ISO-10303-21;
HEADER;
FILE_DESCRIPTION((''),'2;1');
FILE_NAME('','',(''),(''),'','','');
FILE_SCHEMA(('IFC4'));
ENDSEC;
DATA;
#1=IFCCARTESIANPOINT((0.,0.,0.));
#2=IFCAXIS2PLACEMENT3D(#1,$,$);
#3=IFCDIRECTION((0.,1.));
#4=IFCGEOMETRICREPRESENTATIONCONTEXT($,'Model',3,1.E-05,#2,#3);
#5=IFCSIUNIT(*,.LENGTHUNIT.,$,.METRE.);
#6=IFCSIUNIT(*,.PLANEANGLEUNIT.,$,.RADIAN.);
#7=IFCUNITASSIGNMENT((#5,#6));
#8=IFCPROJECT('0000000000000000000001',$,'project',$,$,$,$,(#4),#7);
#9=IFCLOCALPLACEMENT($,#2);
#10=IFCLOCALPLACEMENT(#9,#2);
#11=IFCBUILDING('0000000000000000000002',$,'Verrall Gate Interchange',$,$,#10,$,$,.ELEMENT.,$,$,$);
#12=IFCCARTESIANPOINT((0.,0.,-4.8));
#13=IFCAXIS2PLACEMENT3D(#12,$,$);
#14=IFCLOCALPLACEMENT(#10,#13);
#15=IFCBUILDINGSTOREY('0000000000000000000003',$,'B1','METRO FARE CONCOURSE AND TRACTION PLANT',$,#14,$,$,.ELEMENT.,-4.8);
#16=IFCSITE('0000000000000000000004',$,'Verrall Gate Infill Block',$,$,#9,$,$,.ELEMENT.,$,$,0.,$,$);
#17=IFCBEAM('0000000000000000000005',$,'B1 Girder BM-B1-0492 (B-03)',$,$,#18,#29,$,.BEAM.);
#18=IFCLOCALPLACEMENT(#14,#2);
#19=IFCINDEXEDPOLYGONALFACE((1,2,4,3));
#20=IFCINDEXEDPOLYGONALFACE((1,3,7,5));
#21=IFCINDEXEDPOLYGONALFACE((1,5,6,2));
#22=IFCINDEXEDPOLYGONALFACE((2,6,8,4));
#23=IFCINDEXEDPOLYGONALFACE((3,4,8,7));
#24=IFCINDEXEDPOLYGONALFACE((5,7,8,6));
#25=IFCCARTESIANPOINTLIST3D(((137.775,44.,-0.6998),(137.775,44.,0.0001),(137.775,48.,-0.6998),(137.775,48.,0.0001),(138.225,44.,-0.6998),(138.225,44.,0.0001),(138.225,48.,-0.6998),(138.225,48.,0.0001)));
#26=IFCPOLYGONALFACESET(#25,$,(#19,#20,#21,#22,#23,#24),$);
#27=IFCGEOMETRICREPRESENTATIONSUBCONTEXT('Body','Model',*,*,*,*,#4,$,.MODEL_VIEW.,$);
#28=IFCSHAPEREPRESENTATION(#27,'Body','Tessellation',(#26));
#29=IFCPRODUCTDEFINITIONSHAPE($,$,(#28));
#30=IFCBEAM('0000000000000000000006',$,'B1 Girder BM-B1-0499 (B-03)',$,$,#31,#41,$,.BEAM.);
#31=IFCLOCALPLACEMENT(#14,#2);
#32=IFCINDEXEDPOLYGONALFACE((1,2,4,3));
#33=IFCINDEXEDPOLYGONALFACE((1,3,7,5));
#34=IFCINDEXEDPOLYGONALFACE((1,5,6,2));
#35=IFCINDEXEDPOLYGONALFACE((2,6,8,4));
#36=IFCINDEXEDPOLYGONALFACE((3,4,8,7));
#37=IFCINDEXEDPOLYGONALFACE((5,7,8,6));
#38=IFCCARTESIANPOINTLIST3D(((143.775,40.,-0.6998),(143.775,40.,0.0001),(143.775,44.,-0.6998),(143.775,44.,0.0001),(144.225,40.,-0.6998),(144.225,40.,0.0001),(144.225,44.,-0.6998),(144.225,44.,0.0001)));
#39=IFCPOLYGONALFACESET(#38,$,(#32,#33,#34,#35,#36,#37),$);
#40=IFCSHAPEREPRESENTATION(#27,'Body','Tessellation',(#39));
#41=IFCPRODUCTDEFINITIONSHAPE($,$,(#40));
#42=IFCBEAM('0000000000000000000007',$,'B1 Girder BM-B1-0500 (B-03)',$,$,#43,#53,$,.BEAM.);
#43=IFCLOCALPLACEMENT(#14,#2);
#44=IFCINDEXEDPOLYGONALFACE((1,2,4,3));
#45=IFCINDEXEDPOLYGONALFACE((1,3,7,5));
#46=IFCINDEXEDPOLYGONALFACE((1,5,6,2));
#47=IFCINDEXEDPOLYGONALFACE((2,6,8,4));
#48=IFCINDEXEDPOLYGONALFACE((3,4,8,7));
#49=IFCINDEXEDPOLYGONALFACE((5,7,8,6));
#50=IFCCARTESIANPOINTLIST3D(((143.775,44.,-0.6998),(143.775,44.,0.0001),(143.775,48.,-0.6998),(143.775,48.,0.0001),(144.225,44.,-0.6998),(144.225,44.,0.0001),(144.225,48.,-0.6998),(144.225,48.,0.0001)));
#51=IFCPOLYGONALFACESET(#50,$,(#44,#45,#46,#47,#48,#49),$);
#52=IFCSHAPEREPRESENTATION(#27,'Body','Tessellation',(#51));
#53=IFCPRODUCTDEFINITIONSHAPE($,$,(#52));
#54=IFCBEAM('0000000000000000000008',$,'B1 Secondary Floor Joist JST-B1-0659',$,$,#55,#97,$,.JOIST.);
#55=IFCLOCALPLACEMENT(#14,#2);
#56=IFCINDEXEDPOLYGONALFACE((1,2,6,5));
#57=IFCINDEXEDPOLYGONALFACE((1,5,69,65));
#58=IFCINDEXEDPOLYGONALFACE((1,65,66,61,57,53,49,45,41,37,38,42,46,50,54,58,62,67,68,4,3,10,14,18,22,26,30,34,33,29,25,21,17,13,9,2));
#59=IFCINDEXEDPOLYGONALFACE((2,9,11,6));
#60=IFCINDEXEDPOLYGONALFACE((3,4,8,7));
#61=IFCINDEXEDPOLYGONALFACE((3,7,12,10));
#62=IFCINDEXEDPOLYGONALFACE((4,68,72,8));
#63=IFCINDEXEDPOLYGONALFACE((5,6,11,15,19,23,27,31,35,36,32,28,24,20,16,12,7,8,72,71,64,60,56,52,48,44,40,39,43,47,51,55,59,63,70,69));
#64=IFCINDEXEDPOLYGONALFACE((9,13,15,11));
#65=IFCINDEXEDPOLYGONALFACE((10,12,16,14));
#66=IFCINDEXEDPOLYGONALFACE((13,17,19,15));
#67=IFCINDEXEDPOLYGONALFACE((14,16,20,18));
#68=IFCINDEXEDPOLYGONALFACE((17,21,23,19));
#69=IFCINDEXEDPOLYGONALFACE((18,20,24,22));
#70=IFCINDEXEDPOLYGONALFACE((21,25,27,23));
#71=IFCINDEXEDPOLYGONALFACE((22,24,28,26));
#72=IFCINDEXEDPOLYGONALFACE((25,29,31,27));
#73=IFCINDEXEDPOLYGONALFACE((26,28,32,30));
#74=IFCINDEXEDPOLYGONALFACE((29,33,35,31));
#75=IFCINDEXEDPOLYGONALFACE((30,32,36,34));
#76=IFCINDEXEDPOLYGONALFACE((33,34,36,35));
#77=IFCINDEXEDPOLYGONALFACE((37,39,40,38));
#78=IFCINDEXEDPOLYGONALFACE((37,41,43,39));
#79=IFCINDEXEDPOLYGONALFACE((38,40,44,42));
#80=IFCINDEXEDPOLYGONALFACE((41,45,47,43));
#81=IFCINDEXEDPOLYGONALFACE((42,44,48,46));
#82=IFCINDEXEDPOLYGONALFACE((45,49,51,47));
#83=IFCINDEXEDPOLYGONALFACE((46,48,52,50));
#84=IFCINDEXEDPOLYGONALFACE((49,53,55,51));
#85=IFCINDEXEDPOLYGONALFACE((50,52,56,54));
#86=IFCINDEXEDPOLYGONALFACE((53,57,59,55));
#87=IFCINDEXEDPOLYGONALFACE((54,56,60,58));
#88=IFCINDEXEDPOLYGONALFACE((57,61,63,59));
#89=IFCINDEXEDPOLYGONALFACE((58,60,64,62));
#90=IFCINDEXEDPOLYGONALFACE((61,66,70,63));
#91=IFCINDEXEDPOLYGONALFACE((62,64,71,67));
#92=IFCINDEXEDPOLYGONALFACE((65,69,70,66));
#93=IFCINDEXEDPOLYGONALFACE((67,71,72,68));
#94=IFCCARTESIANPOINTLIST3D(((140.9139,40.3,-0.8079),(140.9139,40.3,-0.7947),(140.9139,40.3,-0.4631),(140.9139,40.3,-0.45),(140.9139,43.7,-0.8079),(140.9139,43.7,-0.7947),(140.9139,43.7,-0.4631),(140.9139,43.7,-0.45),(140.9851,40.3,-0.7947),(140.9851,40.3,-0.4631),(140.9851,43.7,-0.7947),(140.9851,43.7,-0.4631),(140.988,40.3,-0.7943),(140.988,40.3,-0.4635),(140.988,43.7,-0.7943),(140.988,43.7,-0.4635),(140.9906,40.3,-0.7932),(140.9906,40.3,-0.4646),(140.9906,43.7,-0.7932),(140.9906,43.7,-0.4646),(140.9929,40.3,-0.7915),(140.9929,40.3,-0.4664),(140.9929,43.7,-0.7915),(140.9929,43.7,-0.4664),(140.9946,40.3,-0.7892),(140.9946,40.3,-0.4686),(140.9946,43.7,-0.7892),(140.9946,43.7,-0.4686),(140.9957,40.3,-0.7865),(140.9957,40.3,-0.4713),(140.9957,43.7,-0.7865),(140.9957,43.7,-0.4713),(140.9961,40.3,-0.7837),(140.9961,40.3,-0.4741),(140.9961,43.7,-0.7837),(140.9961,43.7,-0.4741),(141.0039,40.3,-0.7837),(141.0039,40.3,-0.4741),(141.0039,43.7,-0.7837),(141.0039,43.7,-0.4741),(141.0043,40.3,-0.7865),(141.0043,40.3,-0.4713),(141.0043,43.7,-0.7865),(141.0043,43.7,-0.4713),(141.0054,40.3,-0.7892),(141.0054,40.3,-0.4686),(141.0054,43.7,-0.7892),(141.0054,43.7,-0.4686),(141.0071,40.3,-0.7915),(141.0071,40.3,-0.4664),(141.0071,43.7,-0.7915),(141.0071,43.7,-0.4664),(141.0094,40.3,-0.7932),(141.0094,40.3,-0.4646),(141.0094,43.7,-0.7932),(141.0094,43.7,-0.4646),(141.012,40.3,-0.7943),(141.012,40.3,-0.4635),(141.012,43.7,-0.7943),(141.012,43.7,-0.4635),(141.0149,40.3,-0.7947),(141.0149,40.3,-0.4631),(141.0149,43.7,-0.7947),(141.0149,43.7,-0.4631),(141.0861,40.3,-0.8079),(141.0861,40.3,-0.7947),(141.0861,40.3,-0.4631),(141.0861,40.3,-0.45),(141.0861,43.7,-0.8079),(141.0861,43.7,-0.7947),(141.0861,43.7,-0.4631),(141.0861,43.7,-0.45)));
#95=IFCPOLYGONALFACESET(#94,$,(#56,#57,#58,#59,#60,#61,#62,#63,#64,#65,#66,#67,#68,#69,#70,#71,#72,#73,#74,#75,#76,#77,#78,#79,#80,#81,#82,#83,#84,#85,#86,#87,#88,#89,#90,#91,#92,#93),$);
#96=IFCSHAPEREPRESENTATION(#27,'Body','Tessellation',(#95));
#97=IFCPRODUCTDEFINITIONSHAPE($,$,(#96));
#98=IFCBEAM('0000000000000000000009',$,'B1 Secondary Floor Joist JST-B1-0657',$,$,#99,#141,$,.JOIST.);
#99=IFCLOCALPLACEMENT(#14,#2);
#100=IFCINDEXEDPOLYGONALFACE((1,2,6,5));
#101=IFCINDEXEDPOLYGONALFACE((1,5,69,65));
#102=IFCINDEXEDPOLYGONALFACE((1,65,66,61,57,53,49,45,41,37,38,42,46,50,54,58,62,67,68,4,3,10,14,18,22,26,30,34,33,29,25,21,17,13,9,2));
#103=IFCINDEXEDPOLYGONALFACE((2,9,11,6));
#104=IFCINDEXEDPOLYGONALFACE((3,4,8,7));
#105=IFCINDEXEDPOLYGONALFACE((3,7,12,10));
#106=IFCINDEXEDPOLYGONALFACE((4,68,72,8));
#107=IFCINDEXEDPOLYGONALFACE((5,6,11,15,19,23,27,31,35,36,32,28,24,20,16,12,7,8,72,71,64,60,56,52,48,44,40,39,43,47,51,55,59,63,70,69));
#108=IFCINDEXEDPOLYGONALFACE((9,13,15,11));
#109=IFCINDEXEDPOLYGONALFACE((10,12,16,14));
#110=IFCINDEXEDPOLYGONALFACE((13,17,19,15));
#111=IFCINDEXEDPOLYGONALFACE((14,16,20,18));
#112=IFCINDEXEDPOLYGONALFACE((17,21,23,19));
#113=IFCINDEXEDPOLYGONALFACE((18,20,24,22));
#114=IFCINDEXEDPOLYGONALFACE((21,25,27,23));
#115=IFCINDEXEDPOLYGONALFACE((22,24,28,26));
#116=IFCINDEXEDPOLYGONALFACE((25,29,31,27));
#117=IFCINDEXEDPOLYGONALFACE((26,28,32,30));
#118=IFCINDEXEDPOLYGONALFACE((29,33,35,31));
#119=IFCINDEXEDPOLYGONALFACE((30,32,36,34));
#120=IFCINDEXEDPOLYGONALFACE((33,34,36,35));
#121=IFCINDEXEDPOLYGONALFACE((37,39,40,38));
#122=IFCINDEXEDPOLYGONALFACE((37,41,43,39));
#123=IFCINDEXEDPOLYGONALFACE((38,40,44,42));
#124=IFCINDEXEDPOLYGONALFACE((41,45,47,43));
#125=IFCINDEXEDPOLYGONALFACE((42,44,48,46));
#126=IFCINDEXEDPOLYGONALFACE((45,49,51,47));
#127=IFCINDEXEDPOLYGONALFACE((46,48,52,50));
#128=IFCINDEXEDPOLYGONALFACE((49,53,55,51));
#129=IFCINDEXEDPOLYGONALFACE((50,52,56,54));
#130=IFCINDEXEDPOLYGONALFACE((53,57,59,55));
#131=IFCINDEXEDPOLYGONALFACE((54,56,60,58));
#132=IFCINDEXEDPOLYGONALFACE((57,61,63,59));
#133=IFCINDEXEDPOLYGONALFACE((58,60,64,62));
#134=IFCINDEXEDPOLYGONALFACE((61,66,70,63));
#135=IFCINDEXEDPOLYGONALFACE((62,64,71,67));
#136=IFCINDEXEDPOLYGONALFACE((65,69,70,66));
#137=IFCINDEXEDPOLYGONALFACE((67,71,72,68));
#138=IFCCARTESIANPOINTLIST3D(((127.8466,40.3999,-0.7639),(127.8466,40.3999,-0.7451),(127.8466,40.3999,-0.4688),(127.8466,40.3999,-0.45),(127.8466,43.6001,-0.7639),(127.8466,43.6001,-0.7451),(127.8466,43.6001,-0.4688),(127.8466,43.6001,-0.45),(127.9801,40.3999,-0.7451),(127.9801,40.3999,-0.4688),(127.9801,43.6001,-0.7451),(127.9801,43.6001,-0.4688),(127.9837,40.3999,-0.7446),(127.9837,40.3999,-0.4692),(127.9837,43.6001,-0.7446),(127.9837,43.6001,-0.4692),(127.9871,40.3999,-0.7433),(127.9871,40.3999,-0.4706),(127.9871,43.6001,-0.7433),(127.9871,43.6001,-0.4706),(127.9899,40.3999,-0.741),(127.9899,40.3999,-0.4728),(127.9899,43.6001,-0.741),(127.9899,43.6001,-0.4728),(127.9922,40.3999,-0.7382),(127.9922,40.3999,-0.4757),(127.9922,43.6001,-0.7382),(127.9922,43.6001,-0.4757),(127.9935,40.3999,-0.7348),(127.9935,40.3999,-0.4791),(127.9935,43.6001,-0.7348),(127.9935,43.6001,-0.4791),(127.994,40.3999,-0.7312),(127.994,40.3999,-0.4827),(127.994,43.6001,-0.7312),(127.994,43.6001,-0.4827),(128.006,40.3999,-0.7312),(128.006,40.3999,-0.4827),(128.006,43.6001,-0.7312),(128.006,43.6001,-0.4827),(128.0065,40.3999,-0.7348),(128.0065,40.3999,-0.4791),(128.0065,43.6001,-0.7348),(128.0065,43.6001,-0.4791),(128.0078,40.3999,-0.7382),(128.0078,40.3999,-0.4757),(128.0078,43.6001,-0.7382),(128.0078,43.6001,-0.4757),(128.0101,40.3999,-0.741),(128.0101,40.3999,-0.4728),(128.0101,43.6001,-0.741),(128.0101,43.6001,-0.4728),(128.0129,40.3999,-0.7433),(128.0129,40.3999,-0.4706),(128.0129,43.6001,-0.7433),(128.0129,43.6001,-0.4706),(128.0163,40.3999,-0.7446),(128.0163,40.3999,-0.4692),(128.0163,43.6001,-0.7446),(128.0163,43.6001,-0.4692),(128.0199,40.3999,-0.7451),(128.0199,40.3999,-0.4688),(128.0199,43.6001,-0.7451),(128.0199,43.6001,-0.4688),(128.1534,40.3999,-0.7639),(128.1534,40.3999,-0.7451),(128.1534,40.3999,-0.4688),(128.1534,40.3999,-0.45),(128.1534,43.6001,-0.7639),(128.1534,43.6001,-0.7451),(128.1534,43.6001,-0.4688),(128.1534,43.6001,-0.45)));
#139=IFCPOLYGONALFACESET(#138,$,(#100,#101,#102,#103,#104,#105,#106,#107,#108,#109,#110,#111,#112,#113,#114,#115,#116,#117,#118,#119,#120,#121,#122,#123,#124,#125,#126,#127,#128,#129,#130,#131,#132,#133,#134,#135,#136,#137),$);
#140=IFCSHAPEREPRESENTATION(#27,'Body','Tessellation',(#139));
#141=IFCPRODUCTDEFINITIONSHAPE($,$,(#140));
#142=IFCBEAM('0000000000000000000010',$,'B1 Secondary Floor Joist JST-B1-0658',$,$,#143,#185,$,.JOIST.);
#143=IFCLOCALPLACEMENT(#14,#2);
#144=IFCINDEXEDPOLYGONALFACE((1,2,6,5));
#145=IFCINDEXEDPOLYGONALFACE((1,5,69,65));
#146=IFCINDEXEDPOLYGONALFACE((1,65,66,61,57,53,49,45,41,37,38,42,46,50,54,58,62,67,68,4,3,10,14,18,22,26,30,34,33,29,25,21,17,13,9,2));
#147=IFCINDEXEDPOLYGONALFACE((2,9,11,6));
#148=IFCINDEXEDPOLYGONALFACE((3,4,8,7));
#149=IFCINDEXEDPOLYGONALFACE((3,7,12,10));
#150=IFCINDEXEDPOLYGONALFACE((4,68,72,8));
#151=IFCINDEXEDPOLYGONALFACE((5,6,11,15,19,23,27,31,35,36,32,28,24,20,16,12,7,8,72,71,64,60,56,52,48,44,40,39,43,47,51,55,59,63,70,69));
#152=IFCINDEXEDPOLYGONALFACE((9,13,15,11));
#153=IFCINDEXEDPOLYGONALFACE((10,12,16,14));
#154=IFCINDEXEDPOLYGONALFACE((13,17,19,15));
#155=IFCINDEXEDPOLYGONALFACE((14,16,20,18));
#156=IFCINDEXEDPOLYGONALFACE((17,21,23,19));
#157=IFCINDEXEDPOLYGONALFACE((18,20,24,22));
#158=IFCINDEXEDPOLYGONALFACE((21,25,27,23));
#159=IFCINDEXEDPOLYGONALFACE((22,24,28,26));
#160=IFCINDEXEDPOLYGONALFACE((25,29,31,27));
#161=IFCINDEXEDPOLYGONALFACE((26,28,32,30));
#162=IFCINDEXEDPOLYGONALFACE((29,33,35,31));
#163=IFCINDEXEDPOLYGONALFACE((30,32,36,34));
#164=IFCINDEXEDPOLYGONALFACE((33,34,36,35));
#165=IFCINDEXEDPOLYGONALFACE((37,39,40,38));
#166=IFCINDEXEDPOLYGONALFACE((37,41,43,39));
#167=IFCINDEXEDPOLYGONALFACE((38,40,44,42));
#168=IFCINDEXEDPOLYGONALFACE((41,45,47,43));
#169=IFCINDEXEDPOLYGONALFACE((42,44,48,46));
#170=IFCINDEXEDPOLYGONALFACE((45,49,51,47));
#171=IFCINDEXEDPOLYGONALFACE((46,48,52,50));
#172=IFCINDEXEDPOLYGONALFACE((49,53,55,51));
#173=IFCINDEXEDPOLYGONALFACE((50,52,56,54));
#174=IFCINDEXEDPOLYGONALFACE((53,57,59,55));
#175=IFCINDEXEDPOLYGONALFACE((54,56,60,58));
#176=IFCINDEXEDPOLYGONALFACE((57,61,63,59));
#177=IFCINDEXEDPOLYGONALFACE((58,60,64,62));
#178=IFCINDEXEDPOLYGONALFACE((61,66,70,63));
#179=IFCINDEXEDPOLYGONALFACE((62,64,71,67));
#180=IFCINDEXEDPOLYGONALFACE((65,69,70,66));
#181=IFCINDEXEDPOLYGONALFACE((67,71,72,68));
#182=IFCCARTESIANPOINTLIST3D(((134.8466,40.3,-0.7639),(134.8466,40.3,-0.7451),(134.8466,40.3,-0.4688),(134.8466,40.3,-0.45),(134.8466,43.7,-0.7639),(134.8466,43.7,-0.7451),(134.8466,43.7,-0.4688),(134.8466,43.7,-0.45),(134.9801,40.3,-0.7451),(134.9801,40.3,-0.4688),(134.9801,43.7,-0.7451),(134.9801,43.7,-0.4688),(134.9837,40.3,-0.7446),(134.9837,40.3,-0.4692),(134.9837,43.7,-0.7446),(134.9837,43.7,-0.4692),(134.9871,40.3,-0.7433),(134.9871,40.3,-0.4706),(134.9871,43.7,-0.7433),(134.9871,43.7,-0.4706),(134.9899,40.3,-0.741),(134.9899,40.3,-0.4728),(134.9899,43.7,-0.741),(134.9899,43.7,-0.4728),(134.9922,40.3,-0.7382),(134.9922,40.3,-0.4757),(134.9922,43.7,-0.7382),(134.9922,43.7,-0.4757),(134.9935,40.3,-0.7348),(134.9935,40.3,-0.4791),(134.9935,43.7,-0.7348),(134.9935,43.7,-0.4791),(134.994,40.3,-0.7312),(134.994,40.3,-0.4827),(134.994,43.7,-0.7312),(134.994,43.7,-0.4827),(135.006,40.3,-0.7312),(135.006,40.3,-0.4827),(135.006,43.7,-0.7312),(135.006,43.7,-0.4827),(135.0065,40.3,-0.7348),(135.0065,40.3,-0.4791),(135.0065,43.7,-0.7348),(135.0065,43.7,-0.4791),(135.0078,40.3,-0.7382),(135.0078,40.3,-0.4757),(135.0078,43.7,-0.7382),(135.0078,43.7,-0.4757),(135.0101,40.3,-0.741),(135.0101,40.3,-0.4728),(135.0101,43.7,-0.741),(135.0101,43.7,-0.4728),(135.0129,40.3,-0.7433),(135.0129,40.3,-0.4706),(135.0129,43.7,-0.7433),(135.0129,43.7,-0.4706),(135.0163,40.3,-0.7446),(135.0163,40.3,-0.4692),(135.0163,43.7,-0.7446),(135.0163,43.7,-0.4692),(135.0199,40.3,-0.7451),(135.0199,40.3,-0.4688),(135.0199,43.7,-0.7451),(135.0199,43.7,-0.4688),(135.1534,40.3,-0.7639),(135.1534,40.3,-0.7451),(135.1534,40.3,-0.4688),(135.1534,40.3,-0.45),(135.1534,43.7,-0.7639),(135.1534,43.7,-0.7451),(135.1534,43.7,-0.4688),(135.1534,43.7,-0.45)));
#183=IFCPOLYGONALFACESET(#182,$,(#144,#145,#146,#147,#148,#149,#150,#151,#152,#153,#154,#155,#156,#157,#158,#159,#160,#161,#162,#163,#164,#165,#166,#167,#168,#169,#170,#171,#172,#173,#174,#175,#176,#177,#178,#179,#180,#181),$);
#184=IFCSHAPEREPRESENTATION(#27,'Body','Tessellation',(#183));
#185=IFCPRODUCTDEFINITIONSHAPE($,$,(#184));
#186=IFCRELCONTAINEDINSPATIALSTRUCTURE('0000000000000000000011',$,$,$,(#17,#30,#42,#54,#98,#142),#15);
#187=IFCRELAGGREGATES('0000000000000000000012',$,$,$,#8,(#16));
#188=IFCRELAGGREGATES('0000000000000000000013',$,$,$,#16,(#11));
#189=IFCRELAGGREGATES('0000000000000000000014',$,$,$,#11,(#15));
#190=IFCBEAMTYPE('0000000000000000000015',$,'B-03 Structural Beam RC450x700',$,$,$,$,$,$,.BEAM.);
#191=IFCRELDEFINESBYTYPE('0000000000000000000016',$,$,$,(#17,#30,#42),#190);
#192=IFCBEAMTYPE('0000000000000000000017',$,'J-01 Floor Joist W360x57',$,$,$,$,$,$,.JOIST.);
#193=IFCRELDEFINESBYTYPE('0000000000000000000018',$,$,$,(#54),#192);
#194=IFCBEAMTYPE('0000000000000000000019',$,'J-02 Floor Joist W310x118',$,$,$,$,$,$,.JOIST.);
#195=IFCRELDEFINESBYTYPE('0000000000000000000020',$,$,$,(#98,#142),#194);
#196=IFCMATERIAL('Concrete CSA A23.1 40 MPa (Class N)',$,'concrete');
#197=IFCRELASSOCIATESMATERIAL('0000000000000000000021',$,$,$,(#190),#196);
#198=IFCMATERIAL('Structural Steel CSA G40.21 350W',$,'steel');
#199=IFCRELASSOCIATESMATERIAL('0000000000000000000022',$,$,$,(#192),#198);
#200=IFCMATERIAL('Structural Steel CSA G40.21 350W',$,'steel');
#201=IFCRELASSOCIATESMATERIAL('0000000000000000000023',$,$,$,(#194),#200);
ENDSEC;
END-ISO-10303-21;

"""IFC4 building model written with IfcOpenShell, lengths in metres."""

from ifc_helpers import new_model, si_unit, direction, frame, origin, origin_2d, place, context, subcontext, project, spatial, rectangle, i_section, extrude, material, material_profile, profile_set, type_object, element, save


model = new_model("IFC4")

# Units and contexts
model_context = context("Model", 3, precision=1e-05, world=origin(), true_north=direction((0.0, 1.0)))
body_context = subcontext(model_context, "Body", "Model", "MODEL_VIEW")
ifc_project = project(units=[si_unit("LENGTHUNIT", "METRE"), si_unit("PLANEANGLEUNIT", "RADIAN")], contexts=[model_context])

# Site, building, storey
site_placement = place(None, origin())
site = spatial("IfcSite", under=ifc_project, at=site_placement, Name="Verrall Gate Infill Block", CompositionType="ELEMENT", RefElevation=0.0)
building_placement = place(site_placement, origin())
building = spatial("IfcBuilding", under=site, at=building_placement, Name="Verrall Gate Interchange", CompositionType="ELEMENT")
storey_placement = place(building_placement, frame((0.0, 0.0, -4.8)))
storey = spatial("IfcBuildingStorey", under=building, at=storey_placement, Name="B1", Description="METRO FARE CONCOURSE AND TRACTION PLANT", CompositionType="ELEMENT", Elevation=-4.8)

# Beams
ifc_material_1 = material(Name="Concrete CSA A23.1 40 MPa (Class N)", Category="concrete")
ifc_material_profile_1 = material_profile(ifc_material_1, rectangle(XDim=0.45, YDim=0.7, at=origin_2d()), Name="RC450x700")
ifc_profile_set_1 = profile_set([ifc_material_profile_1], Name="Concrete CSA A23.1 40 MPa (Class N)")
beam_type_1 = type_object("IfcBeamType", Name="B-03 Structural Beam RC450x700", PredefinedType="BEAM", material=ifc_profile_set_1)
for number, where, z_axis, x_axis, name in (
    (1, (138.0, 44.0, -0.3499), (0.0, 1.0, 0.0), (-1.0, 0.0, 0.0), "B1 Girder BM-B1-0492 (B-03)"),
    (2, (144.0, 40.0, -0.3499), (0.0, 1.0, 0.0), (-1.0, 0.0, 0.0), "B1 Girder BM-B1-0499 (B-03)"),
    (3, (144.0, 44.0, -0.3499), (0.0, 1.0, 0.0), (-1.0, 0.0, 0.0), "B1 Girder BM-B1-0500 (B-03)"),
):
    element("IfcBeam", number, at=place(storey_placement, frame(where, z_axis=z_axis, x_axis=x_axis)), inside=storey, type_object=beam_type_1, Name=name, PredefinedType="BEAM", context=body_context, shape_type="SweptSolid", body=[
        extrude(rectangle(XDim=0.45, YDim=0.7, at=origin_2d()), origin(), (0.0, 0.0, 1.0), 4.0),
    ])
ifc_material_2 = material(Name="Structural Steel CSA G40.21 350W", Category="steel")
ifc_material_profile_2 = material_profile(ifc_material_2, i_section(OverallWidth=0.1721, OverallDepth=0.3579, WebThickness=0.0078, FlangeThickness=0.0132, FilletRadius=0.011, at=origin_2d()), Name="W360x57")
ifc_profile_set_2 = profile_set([ifc_material_profile_2], Name="Structural Steel CSA G40.21 350W")
beam_type_2 = type_object("IfcBeamType", Name="J-01 Floor Joist W360x57", PredefinedType="JOIST", material=ifc_profile_set_2)
beam_1_placement = place(storey_placement, frame((141.0, 40.3, -0.6289), z_axis=(0.0, 1.0, 0.0), x_axis=(-1.0, 0.0, 0.0)))
element("IfcBeam", 4, at=beam_1_placement, inside=storey, type_object=beam_type_2, Name="B1 Secondary Floor Joist JST-B1-0659", PredefinedType="JOIST", context=body_context, shape_type="SweptSolid", body=[
    extrude(i_section(OverallWidth=0.1721, OverallDepth=0.3579, WebThickness=0.0078, FlangeThickness=0.0132, FilletRadius=0.011, at=origin_2d()), origin(), (0.0, 0.0, 1.0), 3.3999),
])
ifc_material_3 = material(Name="Structural Steel CSA G40.21 350W", Category="steel")
ifc_material_profile_3 = material_profile(ifc_material_3, i_section(OverallWidth=0.3069, OverallDepth=0.314, WebThickness=0.012, FlangeThickness=0.0188, FilletRadius=0.0139, at=origin_2d()), Name="W310x118")
ifc_profile_set_3 = profile_set([ifc_material_profile_3], Name="Structural Steel CSA G40.21 350W")
beam_type_3 = type_object("IfcBeamType", Name="J-02 Floor Joist W310x118", PredefinedType="JOIST", material=ifc_profile_set_3)
beam_2_placement = place(storey_placement, frame((128.0, 40.3999, -0.6069), z_axis=(0.0, 1.0, 0.0), x_axis=(-1.0, 0.0, 0.0)))
element("IfcBeam", 5, at=beam_2_placement, inside=storey, type_object=beam_type_3, Name="B1 Secondary Floor Joist JST-B1-0657", PredefinedType="JOIST", context=body_context, shape_type="SweptSolid", body=[
    extrude(i_section(OverallWidth=0.3069, OverallDepth=0.314, WebThickness=0.012, FlangeThickness=0.0188, FilletRadius=0.0139, at=origin_2d()), origin(), (0.0, 0.0, 1.0), 3.2002),
])
beam_3_placement = place(storey_placement, frame((135.0, 40.3, -0.6069), z_axis=(0.0, 1.0, 0.0), x_axis=(-1.0, 0.0, 0.0)))
element("IfcBeam", 6, at=beam_3_placement, inside=storey, type_object=beam_type_3, Name="B1 Secondary Floor Joist JST-B1-0658", PredefinedType="JOIST", context=body_context, shape_type="SweptSolid", body=[
    extrude(i_section(OverallWidth=0.3069, OverallDepth=0.314, WebThickness=0.012, FlangeThickness=0.0188, FilletRadius=0.0139, at=origin_2d()), origin(), (0.0, 0.0, 1.0), 3.3999),
])

save(model, "model.ifc")
